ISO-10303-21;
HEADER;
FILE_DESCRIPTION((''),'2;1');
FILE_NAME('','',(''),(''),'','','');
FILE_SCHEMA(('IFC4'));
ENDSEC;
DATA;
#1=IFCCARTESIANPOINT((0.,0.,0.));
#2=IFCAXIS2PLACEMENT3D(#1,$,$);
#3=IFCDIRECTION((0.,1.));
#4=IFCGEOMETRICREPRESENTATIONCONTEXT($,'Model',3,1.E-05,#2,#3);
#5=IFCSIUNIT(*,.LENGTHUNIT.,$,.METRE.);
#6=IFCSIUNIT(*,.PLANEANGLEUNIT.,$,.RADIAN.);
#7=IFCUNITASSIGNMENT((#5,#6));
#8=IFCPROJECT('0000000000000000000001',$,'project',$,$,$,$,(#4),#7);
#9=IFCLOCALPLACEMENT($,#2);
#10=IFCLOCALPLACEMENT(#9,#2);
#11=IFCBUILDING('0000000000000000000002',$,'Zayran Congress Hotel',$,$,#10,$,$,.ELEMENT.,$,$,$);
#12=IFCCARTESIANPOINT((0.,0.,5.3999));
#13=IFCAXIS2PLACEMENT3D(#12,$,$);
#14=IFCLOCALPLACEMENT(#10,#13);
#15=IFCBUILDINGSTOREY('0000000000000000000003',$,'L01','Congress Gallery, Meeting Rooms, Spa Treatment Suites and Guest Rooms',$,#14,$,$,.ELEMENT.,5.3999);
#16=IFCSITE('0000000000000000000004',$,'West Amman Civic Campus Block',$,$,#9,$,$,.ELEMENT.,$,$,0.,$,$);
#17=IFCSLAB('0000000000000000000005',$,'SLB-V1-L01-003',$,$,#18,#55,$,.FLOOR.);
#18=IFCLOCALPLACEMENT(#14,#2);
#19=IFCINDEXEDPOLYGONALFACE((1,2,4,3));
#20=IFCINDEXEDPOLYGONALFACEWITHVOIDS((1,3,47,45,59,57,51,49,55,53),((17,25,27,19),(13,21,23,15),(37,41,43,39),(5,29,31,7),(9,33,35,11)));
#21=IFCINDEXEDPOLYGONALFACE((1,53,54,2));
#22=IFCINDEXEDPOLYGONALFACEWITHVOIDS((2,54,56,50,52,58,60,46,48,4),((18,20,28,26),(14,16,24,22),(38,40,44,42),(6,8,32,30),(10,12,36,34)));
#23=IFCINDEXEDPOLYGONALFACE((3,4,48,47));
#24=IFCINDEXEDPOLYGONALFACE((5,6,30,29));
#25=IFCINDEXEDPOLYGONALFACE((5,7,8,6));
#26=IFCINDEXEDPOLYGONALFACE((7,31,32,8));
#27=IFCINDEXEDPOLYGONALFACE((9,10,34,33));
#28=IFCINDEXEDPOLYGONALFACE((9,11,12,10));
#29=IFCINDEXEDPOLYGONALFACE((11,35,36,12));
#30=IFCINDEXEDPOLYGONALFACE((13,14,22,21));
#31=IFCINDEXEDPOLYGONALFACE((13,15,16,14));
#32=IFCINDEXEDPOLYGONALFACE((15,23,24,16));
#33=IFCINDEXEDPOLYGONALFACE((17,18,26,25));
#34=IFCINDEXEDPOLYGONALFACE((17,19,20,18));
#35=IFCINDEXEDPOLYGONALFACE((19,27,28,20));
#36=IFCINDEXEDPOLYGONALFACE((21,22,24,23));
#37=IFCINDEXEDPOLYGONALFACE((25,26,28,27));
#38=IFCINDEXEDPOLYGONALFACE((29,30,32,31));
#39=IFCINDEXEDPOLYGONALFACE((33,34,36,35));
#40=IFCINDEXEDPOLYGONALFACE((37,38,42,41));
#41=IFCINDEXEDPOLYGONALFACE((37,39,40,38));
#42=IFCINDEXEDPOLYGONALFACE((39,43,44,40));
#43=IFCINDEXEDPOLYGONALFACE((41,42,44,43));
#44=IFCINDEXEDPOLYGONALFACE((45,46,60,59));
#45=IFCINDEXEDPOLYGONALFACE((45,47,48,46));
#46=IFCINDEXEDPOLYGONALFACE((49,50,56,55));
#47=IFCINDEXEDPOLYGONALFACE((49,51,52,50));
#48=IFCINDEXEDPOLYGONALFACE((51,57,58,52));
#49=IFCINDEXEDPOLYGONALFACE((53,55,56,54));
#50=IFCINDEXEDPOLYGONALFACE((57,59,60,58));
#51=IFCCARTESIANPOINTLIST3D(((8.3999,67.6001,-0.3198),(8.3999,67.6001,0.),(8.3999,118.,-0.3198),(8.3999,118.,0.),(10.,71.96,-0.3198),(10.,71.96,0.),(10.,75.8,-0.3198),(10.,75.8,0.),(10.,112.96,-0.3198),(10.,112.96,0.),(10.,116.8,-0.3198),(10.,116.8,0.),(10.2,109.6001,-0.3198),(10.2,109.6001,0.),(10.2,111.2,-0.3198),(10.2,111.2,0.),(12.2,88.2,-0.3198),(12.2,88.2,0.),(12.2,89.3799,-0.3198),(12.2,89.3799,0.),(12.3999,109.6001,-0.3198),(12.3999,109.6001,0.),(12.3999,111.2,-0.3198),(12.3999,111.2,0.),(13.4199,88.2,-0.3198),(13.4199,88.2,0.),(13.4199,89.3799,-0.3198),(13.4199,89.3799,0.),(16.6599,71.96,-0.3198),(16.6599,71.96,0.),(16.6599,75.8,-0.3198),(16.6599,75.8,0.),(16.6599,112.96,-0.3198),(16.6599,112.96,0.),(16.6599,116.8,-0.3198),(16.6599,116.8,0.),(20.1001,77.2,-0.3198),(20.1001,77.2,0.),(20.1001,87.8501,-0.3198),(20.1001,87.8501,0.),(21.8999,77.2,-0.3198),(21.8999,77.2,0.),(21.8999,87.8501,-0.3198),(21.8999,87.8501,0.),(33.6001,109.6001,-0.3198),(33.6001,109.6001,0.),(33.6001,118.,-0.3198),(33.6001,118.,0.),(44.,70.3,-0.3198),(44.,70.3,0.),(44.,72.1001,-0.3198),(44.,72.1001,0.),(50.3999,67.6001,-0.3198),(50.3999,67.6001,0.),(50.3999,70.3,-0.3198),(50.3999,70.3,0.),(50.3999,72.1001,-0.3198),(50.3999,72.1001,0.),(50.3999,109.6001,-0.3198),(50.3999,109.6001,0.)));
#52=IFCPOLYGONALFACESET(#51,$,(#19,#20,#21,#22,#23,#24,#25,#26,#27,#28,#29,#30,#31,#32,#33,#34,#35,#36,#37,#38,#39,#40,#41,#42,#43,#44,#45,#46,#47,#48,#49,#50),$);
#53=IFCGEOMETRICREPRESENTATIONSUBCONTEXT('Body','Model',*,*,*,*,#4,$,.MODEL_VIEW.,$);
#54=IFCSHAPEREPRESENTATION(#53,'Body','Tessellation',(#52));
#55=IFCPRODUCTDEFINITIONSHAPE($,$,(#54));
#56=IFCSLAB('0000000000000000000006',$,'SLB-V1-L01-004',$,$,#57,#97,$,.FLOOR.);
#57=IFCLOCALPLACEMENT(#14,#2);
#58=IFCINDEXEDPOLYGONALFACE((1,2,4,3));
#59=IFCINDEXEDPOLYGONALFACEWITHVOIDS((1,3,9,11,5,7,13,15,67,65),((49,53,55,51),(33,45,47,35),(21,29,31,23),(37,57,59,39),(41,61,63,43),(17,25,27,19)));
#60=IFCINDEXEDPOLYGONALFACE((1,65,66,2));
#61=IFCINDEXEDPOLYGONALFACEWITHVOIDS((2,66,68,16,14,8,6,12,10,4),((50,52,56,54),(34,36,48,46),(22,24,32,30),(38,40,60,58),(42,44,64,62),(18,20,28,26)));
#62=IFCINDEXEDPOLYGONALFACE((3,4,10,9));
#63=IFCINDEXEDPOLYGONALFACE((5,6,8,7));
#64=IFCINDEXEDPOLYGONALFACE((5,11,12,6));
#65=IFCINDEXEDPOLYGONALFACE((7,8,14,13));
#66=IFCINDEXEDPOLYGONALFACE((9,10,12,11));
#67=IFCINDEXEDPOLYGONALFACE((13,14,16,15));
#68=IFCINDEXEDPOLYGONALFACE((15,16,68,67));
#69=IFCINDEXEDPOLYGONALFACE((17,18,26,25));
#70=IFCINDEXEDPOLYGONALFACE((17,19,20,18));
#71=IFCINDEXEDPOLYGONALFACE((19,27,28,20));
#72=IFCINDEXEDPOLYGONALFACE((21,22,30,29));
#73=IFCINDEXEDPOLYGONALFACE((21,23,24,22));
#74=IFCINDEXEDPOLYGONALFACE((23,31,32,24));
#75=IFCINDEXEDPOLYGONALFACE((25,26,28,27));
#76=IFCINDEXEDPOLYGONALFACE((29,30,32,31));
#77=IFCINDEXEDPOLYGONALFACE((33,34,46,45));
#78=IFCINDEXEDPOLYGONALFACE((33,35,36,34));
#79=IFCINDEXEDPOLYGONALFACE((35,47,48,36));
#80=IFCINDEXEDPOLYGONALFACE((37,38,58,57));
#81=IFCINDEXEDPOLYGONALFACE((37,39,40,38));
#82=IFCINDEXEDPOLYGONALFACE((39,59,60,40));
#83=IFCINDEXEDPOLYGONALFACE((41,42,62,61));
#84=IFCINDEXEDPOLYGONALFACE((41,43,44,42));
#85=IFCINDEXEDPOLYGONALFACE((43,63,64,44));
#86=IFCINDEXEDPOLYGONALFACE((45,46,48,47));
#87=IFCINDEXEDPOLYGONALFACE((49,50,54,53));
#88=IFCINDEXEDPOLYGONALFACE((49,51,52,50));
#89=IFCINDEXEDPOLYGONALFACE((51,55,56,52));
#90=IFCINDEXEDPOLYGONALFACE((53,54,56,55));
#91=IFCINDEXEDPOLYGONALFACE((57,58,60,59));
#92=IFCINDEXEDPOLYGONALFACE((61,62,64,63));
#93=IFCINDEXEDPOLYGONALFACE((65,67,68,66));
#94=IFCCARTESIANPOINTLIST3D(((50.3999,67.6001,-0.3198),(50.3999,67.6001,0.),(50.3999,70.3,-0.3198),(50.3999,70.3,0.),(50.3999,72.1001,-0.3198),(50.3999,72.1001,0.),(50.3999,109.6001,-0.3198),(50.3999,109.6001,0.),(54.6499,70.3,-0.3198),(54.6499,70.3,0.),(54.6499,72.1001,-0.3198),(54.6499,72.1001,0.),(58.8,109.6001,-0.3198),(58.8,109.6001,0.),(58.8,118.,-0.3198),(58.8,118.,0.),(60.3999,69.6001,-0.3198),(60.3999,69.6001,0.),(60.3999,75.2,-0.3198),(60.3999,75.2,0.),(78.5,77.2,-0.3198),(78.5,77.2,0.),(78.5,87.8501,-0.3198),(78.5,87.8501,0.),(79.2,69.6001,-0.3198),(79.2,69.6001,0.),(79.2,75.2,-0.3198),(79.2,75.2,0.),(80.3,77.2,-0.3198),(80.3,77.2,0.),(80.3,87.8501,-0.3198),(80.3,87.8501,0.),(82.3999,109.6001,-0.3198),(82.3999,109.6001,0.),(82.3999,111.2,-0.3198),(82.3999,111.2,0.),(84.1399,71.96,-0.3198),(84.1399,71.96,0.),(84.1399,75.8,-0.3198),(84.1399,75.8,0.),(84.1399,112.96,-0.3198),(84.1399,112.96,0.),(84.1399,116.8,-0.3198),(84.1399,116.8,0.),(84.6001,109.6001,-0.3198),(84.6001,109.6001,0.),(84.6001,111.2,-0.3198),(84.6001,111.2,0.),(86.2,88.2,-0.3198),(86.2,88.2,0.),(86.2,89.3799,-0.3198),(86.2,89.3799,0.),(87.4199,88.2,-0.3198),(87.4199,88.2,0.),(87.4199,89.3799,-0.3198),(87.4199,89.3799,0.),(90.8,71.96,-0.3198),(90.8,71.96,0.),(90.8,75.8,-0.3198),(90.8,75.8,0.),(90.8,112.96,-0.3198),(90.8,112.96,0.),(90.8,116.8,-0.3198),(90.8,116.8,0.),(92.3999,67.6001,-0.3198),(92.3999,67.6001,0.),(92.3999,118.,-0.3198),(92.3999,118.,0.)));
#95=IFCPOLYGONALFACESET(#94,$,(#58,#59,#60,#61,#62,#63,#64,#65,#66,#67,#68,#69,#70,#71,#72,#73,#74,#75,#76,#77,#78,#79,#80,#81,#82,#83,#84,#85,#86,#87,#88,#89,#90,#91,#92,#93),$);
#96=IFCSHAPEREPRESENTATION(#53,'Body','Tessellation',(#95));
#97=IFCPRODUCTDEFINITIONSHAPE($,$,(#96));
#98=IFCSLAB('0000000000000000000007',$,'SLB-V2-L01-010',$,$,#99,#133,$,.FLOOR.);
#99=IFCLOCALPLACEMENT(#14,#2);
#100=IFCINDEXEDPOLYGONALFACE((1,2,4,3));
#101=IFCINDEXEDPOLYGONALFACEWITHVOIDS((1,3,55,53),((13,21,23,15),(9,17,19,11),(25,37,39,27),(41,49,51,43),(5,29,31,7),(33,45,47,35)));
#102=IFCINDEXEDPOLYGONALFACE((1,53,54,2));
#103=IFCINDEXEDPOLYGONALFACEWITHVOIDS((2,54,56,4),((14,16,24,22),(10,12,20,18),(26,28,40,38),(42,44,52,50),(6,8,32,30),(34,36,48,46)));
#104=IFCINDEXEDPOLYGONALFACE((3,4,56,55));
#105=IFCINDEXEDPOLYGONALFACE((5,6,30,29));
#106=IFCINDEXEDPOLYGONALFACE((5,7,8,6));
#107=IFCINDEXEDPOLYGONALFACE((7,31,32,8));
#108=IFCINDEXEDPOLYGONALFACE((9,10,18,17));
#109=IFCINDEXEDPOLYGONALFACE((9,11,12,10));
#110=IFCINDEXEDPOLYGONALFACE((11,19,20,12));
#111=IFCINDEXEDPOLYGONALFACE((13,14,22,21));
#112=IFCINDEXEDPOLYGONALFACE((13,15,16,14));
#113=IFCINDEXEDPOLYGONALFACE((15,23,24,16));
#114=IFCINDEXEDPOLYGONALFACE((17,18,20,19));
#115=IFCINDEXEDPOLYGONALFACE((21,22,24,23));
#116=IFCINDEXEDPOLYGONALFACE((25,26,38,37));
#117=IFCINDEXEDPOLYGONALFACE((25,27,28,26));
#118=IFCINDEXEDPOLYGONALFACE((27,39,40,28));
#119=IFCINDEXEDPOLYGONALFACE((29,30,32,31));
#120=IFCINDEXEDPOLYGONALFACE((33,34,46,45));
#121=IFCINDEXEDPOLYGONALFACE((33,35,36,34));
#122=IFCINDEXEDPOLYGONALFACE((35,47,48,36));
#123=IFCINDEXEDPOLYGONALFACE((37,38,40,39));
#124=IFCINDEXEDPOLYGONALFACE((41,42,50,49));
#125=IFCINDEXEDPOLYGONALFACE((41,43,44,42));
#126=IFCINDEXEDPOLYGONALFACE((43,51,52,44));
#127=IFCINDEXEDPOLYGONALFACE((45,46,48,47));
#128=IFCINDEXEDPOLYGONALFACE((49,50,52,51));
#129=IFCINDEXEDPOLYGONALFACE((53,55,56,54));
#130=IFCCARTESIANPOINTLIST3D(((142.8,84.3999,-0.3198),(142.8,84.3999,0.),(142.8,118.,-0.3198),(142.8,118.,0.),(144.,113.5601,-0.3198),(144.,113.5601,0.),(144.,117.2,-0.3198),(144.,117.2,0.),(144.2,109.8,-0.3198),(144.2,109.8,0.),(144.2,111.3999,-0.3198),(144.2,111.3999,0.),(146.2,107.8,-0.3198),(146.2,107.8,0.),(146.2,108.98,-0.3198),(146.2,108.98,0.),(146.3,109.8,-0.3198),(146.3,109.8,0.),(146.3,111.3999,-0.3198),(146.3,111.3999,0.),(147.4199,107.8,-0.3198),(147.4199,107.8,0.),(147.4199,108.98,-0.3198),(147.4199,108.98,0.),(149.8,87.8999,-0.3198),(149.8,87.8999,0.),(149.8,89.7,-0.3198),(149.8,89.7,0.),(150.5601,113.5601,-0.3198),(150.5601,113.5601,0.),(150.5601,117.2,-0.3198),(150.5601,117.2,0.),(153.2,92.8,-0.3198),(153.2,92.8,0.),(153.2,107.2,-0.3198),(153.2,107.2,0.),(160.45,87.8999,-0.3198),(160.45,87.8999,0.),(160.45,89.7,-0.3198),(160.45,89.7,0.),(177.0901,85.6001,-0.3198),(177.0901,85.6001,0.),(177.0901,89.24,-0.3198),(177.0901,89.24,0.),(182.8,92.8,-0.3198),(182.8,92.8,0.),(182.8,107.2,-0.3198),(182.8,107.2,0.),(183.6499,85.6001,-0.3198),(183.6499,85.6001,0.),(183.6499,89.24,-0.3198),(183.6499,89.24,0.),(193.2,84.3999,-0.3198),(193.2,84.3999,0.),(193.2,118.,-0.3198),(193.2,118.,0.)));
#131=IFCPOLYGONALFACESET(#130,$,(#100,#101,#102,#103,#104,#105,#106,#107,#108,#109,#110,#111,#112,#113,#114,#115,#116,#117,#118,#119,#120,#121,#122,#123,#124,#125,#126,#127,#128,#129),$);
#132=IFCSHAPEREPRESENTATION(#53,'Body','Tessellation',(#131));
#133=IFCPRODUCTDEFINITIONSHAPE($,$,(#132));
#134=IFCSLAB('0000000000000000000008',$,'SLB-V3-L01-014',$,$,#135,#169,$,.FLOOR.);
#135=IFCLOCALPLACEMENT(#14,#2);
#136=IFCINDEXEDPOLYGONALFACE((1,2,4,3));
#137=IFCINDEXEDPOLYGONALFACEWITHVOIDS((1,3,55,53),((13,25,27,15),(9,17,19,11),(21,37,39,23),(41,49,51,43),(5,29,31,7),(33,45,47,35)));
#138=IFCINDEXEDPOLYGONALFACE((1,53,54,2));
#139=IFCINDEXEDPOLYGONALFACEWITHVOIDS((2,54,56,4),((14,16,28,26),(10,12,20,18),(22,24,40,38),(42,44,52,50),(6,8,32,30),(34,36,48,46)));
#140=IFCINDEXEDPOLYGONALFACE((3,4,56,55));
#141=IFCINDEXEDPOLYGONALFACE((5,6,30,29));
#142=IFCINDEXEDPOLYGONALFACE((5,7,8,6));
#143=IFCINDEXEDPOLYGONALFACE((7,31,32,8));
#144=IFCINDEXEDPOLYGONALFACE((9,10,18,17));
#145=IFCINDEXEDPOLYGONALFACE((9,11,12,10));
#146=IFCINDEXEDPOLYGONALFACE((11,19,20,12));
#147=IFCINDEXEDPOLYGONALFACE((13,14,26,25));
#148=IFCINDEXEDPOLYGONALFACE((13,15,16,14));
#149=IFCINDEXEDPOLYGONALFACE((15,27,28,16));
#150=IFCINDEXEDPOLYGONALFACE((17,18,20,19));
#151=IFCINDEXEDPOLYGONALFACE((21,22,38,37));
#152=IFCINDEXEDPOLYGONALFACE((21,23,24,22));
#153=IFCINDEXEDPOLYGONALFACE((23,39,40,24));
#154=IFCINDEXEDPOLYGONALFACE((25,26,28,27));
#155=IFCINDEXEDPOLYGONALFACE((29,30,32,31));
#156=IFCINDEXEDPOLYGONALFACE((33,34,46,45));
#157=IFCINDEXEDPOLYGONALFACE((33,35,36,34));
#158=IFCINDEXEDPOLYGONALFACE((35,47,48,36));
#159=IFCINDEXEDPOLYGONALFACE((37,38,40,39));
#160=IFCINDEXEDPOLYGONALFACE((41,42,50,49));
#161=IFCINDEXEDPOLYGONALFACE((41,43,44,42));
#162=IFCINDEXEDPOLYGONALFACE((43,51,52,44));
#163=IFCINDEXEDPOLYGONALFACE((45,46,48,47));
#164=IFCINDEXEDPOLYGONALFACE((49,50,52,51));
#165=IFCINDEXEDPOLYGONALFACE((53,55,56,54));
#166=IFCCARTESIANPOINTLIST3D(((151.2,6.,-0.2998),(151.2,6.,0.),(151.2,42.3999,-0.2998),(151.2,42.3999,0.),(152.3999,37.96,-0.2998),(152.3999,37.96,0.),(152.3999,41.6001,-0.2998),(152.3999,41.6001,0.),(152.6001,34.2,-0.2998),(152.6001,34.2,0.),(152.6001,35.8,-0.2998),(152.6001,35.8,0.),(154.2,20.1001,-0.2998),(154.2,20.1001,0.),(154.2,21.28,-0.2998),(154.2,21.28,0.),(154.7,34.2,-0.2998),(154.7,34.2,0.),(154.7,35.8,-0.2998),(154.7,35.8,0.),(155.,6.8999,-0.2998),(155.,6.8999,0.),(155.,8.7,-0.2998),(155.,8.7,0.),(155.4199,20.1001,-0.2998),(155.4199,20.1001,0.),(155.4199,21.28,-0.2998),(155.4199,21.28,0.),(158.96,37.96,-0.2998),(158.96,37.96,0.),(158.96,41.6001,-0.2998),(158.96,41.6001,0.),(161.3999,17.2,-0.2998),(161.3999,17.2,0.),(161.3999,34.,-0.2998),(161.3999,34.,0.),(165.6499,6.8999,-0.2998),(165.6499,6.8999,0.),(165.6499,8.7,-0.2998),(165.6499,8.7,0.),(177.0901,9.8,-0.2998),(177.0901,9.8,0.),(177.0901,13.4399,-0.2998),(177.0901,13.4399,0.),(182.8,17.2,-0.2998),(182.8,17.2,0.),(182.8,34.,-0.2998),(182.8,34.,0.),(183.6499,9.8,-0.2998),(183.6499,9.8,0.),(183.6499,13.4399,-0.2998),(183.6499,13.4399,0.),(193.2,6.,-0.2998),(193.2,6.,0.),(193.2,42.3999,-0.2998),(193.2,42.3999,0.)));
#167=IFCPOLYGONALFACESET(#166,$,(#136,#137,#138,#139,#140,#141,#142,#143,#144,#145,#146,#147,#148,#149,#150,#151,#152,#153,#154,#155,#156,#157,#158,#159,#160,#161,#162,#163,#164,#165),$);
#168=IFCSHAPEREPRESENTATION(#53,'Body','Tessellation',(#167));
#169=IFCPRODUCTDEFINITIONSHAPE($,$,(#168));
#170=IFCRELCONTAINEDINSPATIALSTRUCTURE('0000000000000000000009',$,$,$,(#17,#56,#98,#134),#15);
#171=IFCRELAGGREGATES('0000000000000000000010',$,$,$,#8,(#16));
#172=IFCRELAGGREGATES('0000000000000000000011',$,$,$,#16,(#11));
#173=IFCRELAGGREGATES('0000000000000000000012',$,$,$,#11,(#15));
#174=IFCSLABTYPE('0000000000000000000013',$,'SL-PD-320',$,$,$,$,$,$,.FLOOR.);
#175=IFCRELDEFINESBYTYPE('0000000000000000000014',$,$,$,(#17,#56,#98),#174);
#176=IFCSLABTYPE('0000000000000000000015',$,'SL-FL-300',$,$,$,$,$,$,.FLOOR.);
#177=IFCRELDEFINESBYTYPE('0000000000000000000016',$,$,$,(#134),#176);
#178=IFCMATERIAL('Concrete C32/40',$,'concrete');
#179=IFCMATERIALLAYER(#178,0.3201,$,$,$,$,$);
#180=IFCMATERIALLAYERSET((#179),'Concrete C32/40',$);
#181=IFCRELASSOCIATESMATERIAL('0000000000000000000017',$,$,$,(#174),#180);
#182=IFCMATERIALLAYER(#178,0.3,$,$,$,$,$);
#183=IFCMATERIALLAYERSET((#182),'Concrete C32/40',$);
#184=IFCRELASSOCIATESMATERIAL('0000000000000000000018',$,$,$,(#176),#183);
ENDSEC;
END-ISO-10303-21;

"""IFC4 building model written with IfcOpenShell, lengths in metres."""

from ifc_helpers import new_model, si_unit, direction, frame, origin, place, context, subcontext, project, spatial, polyline, outline, extrude, material, layer, layer_set, type_object, element, save


model = new_model("IFC4")

# Units and contexts
model_context = context("Model", 3, precision=1e-05, world=origin(), true_north=direction((0.0, 1.0)))
body_context = subcontext(model_context, "Body", "Model", "MODEL_VIEW")
ifc_project = project(units=[si_unit("LENGTHUNIT", "METRE"), si_unit("PLANEANGLEUNIT", "RADIAN")], contexts=[model_context])

# Site, building, storey
site_placement = place(None, origin())
site = spatial("IfcSite", under=ifc_project, at=site_placement, Name="West Amman Civic Campus Block", CompositionType="ELEMENT", RefElevation=0.0)
building_placement = place(site_placement, origin())
building = spatial("IfcBuilding", under=site, at=building_placement, Name="Zayran Congress Hotel", CompositionType="ELEMENT")
storey_placement = place(building_placement, frame((0.0, 0.0, 5.3999)))
storey = spatial("IfcBuildingStorey", under=building, at=storey_placement, Name="L01", Description="Congress Gallery, Meeting Rooms, Spa Treatment Suites and Guest Rooms", CompositionType="ELEMENT", Elevation=5.3999)

# Slabs
ifc_material_1 = material(Name="Concrete C32/40", Category="concrete")
ifc_layer_1 = layer(ifc_material_1, 0.3201)
ifc_layer_set_1 = layer_set([ifc_layer_1], Name="Concrete C32/40")
slab_type_1 = type_object("IfcSlabType", Name="SL-PD-320", PredefinedType="FLOOR", material=ifc_layer_set_1)
slab_1_placement = place(storey_placement, frame((0.0, 0.0, -0.3198)))
element("IfcSlab", 1, at=slab_1_placement, inside=storey, type_object=slab_type_1, Name="SLB-V1-L01-003", PredefinedType="FLOOR", context=body_context, shape_type="SweptSolid", body=[
    extrude(outline(polyline([(8.3999, 67.6001), (50.3999, 67.6001), (50.3999, 70.3), (44.0, 70.3), (44.0, 72.1001), (50.3999, 72.1001), (50.3999, 109.6001), (33.6001, 109.6001), (33.6001, 118.0), (8.3999, 118.0), (8.3999, 67.6001)]), holes=[polyline([(10.0, 112.96), (16.6599, 112.96), (16.6599, 116.8), (10.0, 116.8), (10.0, 112.96)]), polyline([(10.2, 109.6001), (12.3999, 109.6001), (12.3999, 111.2), (10.2, 111.2), (10.2, 109.6001)]), polyline([(10.0, 71.96), (16.6599, 71.96), (16.6599, 75.8), (10.0, 75.8), (10.0, 71.96)]), polyline([(20.1001, 77.2), (21.8999, 77.2), (21.8999, 87.8501), (20.1001, 87.8501), (20.1001, 77.2)]), polyline([(12.2, 88.2), (13.4199, 88.2), (13.4199, 89.3799), (12.2, 89.3799), (12.2, 88.2)])]), origin(), (0.0, 0.0, 1.0), 0.3198),
])
slab_2_placement = place(storey_placement, frame((0.0, 0.0, -0.3198)))
element("IfcSlab", 2, at=slab_2_placement, inside=storey, type_object=slab_type_1, Name="SLB-V1-L01-004", PredefinedType="FLOOR", context=body_context, shape_type="SweptSolid", body=[
    extrude(outline(polyline([(50.3999, 67.6001), (92.3999, 67.6001), (92.3999, 118.0), (58.8, 118.0), (58.8, 109.6001), (50.3999, 109.6001), (50.3999, 72.1001), (54.6499, 72.1001), (54.6499, 70.3), (50.3999, 70.3), (50.3999, 67.6001)]), holes=[polyline([(84.1399, 112.96), (90.8, 112.96), (90.8, 116.8), (84.1399, 116.8), (84.1399, 112.96)]), polyline([(82.3999, 109.6001), (84.6001, 109.6001), (84.6001, 111.2), (82.3999, 111.2), (82.3999, 109.6001)]), polyline([(84.1399, 71.96), (90.8, 71.96), (90.8, 75.8), (84.1399, 75.8), (84.1399, 71.96)]), polyline([(60.3999, 69.6001), (79.2, 69.6001), (79.2, 75.2), (60.3999, 75.2), (60.3999, 69.6001)]), polyline([(78.5, 77.2), (80.3, 77.2), (80.3, 87.8501), (78.5, 87.8501), (78.5, 77.2)]), polyline([(86.2, 88.2), (87.4199, 88.2), (87.4199, 89.3799), (86.2, 89.3799), (86.2, 88.2)])]), origin(), (0.0, 0.0, 1.0), 0.3198),
])
slab_3_placement = place(storey_placement, frame((0.0, 0.0, -0.3198)))
element("IfcSlab", 3, at=slab_3_placement, inside=storey, type_object=slab_type_1, Name="SLB-V2-L01-010", PredefinedType="FLOOR", context=body_context, shape_type="SweptSolid", body=[
    extrude(outline(polyline([(142.8, 84.3999), (193.2, 84.3999), (193.2, 118.0), (142.8, 118.0), (142.8, 84.3999)]), holes=[polyline([(144.0, 113.5601), (150.5601, 113.5601), (150.5601, 117.2), (144.0, 117.2), (144.0, 113.5601)]), polyline([(144.2, 109.8), (146.3, 109.8), (146.3, 111.3999), (144.2, 111.3999), (144.2, 109.8)]), polyline([(177.0901, 85.6001), (183.6499, 85.6001), (183.6499, 89.24), (177.0901, 89.24), (177.0901, 85.6001)]), polyline([(153.2, 92.8), (182.8, 92.8), (182.8, 107.2), (153.2, 107.2), (153.2, 92.8)]), polyline([(149.8, 87.8999), (160.45, 87.8999), (160.45, 89.7), (149.8, 89.7), (149.8, 87.8999)]), polyline([(146.2, 107.8), (147.4199, 107.8), (147.4199, 108.98), (146.2, 108.98), (146.2, 107.8)])]), origin(), (0.0, 0.0, 1.0), 0.3198),
])
ifc_layer_2 = layer(ifc_material_1, 0.3)
ifc_layer_set_2 = layer_set([ifc_layer_2], Name="Concrete C32/40")
slab_type_2 = type_object("IfcSlabType", Name="SL-FL-300", PredefinedType="FLOOR", material=ifc_layer_set_2)
slab_4_placement = place(storey_placement, frame((0.0, 0.0, -0.2998)))
element("IfcSlab", 4, at=slab_4_placement, inside=storey, type_object=slab_type_2, Name="SLB-V3-L01-014", PredefinedType="FLOOR", context=body_context, shape_type="SweptSolid", body=[
    extrude(outline(polyline([(151.2, 6.0), (193.2, 6.0), (193.2, 42.3999), (151.2, 42.3999), (151.2, 6.0)]), holes=[polyline([(152.3999, 37.96), (158.96, 37.96), (158.96, 41.6001), (152.3999, 41.6001), (152.3999, 37.96)]), polyline([(152.6001, 34.2), (154.7, 34.2), (154.7, 35.8), (152.6001, 35.8), (152.6001, 34.2)]), polyline([(177.0901, 9.8), (183.6499, 9.8), (183.6499, 13.4399), (177.0901, 13.4399), (177.0901, 9.8)]), polyline([(161.3999, 17.2), (182.8, 17.2), (182.8, 34.0), (161.3999, 34.0), (161.3999, 17.2)]), polyline([(155.0, 6.8999), (165.6499, 6.8999), (165.6499, 8.7), (155.0, 8.7), (155.0, 6.8999)]), polyline([(154.2, 20.1001), (155.4199, 20.1001), (155.4199, 21.28), (154.2, 21.28), (154.2, 20.1001)])]), origin(), (0.0, 0.0, 1.0), 0.2998),
])

save(model, "model.ifc")
